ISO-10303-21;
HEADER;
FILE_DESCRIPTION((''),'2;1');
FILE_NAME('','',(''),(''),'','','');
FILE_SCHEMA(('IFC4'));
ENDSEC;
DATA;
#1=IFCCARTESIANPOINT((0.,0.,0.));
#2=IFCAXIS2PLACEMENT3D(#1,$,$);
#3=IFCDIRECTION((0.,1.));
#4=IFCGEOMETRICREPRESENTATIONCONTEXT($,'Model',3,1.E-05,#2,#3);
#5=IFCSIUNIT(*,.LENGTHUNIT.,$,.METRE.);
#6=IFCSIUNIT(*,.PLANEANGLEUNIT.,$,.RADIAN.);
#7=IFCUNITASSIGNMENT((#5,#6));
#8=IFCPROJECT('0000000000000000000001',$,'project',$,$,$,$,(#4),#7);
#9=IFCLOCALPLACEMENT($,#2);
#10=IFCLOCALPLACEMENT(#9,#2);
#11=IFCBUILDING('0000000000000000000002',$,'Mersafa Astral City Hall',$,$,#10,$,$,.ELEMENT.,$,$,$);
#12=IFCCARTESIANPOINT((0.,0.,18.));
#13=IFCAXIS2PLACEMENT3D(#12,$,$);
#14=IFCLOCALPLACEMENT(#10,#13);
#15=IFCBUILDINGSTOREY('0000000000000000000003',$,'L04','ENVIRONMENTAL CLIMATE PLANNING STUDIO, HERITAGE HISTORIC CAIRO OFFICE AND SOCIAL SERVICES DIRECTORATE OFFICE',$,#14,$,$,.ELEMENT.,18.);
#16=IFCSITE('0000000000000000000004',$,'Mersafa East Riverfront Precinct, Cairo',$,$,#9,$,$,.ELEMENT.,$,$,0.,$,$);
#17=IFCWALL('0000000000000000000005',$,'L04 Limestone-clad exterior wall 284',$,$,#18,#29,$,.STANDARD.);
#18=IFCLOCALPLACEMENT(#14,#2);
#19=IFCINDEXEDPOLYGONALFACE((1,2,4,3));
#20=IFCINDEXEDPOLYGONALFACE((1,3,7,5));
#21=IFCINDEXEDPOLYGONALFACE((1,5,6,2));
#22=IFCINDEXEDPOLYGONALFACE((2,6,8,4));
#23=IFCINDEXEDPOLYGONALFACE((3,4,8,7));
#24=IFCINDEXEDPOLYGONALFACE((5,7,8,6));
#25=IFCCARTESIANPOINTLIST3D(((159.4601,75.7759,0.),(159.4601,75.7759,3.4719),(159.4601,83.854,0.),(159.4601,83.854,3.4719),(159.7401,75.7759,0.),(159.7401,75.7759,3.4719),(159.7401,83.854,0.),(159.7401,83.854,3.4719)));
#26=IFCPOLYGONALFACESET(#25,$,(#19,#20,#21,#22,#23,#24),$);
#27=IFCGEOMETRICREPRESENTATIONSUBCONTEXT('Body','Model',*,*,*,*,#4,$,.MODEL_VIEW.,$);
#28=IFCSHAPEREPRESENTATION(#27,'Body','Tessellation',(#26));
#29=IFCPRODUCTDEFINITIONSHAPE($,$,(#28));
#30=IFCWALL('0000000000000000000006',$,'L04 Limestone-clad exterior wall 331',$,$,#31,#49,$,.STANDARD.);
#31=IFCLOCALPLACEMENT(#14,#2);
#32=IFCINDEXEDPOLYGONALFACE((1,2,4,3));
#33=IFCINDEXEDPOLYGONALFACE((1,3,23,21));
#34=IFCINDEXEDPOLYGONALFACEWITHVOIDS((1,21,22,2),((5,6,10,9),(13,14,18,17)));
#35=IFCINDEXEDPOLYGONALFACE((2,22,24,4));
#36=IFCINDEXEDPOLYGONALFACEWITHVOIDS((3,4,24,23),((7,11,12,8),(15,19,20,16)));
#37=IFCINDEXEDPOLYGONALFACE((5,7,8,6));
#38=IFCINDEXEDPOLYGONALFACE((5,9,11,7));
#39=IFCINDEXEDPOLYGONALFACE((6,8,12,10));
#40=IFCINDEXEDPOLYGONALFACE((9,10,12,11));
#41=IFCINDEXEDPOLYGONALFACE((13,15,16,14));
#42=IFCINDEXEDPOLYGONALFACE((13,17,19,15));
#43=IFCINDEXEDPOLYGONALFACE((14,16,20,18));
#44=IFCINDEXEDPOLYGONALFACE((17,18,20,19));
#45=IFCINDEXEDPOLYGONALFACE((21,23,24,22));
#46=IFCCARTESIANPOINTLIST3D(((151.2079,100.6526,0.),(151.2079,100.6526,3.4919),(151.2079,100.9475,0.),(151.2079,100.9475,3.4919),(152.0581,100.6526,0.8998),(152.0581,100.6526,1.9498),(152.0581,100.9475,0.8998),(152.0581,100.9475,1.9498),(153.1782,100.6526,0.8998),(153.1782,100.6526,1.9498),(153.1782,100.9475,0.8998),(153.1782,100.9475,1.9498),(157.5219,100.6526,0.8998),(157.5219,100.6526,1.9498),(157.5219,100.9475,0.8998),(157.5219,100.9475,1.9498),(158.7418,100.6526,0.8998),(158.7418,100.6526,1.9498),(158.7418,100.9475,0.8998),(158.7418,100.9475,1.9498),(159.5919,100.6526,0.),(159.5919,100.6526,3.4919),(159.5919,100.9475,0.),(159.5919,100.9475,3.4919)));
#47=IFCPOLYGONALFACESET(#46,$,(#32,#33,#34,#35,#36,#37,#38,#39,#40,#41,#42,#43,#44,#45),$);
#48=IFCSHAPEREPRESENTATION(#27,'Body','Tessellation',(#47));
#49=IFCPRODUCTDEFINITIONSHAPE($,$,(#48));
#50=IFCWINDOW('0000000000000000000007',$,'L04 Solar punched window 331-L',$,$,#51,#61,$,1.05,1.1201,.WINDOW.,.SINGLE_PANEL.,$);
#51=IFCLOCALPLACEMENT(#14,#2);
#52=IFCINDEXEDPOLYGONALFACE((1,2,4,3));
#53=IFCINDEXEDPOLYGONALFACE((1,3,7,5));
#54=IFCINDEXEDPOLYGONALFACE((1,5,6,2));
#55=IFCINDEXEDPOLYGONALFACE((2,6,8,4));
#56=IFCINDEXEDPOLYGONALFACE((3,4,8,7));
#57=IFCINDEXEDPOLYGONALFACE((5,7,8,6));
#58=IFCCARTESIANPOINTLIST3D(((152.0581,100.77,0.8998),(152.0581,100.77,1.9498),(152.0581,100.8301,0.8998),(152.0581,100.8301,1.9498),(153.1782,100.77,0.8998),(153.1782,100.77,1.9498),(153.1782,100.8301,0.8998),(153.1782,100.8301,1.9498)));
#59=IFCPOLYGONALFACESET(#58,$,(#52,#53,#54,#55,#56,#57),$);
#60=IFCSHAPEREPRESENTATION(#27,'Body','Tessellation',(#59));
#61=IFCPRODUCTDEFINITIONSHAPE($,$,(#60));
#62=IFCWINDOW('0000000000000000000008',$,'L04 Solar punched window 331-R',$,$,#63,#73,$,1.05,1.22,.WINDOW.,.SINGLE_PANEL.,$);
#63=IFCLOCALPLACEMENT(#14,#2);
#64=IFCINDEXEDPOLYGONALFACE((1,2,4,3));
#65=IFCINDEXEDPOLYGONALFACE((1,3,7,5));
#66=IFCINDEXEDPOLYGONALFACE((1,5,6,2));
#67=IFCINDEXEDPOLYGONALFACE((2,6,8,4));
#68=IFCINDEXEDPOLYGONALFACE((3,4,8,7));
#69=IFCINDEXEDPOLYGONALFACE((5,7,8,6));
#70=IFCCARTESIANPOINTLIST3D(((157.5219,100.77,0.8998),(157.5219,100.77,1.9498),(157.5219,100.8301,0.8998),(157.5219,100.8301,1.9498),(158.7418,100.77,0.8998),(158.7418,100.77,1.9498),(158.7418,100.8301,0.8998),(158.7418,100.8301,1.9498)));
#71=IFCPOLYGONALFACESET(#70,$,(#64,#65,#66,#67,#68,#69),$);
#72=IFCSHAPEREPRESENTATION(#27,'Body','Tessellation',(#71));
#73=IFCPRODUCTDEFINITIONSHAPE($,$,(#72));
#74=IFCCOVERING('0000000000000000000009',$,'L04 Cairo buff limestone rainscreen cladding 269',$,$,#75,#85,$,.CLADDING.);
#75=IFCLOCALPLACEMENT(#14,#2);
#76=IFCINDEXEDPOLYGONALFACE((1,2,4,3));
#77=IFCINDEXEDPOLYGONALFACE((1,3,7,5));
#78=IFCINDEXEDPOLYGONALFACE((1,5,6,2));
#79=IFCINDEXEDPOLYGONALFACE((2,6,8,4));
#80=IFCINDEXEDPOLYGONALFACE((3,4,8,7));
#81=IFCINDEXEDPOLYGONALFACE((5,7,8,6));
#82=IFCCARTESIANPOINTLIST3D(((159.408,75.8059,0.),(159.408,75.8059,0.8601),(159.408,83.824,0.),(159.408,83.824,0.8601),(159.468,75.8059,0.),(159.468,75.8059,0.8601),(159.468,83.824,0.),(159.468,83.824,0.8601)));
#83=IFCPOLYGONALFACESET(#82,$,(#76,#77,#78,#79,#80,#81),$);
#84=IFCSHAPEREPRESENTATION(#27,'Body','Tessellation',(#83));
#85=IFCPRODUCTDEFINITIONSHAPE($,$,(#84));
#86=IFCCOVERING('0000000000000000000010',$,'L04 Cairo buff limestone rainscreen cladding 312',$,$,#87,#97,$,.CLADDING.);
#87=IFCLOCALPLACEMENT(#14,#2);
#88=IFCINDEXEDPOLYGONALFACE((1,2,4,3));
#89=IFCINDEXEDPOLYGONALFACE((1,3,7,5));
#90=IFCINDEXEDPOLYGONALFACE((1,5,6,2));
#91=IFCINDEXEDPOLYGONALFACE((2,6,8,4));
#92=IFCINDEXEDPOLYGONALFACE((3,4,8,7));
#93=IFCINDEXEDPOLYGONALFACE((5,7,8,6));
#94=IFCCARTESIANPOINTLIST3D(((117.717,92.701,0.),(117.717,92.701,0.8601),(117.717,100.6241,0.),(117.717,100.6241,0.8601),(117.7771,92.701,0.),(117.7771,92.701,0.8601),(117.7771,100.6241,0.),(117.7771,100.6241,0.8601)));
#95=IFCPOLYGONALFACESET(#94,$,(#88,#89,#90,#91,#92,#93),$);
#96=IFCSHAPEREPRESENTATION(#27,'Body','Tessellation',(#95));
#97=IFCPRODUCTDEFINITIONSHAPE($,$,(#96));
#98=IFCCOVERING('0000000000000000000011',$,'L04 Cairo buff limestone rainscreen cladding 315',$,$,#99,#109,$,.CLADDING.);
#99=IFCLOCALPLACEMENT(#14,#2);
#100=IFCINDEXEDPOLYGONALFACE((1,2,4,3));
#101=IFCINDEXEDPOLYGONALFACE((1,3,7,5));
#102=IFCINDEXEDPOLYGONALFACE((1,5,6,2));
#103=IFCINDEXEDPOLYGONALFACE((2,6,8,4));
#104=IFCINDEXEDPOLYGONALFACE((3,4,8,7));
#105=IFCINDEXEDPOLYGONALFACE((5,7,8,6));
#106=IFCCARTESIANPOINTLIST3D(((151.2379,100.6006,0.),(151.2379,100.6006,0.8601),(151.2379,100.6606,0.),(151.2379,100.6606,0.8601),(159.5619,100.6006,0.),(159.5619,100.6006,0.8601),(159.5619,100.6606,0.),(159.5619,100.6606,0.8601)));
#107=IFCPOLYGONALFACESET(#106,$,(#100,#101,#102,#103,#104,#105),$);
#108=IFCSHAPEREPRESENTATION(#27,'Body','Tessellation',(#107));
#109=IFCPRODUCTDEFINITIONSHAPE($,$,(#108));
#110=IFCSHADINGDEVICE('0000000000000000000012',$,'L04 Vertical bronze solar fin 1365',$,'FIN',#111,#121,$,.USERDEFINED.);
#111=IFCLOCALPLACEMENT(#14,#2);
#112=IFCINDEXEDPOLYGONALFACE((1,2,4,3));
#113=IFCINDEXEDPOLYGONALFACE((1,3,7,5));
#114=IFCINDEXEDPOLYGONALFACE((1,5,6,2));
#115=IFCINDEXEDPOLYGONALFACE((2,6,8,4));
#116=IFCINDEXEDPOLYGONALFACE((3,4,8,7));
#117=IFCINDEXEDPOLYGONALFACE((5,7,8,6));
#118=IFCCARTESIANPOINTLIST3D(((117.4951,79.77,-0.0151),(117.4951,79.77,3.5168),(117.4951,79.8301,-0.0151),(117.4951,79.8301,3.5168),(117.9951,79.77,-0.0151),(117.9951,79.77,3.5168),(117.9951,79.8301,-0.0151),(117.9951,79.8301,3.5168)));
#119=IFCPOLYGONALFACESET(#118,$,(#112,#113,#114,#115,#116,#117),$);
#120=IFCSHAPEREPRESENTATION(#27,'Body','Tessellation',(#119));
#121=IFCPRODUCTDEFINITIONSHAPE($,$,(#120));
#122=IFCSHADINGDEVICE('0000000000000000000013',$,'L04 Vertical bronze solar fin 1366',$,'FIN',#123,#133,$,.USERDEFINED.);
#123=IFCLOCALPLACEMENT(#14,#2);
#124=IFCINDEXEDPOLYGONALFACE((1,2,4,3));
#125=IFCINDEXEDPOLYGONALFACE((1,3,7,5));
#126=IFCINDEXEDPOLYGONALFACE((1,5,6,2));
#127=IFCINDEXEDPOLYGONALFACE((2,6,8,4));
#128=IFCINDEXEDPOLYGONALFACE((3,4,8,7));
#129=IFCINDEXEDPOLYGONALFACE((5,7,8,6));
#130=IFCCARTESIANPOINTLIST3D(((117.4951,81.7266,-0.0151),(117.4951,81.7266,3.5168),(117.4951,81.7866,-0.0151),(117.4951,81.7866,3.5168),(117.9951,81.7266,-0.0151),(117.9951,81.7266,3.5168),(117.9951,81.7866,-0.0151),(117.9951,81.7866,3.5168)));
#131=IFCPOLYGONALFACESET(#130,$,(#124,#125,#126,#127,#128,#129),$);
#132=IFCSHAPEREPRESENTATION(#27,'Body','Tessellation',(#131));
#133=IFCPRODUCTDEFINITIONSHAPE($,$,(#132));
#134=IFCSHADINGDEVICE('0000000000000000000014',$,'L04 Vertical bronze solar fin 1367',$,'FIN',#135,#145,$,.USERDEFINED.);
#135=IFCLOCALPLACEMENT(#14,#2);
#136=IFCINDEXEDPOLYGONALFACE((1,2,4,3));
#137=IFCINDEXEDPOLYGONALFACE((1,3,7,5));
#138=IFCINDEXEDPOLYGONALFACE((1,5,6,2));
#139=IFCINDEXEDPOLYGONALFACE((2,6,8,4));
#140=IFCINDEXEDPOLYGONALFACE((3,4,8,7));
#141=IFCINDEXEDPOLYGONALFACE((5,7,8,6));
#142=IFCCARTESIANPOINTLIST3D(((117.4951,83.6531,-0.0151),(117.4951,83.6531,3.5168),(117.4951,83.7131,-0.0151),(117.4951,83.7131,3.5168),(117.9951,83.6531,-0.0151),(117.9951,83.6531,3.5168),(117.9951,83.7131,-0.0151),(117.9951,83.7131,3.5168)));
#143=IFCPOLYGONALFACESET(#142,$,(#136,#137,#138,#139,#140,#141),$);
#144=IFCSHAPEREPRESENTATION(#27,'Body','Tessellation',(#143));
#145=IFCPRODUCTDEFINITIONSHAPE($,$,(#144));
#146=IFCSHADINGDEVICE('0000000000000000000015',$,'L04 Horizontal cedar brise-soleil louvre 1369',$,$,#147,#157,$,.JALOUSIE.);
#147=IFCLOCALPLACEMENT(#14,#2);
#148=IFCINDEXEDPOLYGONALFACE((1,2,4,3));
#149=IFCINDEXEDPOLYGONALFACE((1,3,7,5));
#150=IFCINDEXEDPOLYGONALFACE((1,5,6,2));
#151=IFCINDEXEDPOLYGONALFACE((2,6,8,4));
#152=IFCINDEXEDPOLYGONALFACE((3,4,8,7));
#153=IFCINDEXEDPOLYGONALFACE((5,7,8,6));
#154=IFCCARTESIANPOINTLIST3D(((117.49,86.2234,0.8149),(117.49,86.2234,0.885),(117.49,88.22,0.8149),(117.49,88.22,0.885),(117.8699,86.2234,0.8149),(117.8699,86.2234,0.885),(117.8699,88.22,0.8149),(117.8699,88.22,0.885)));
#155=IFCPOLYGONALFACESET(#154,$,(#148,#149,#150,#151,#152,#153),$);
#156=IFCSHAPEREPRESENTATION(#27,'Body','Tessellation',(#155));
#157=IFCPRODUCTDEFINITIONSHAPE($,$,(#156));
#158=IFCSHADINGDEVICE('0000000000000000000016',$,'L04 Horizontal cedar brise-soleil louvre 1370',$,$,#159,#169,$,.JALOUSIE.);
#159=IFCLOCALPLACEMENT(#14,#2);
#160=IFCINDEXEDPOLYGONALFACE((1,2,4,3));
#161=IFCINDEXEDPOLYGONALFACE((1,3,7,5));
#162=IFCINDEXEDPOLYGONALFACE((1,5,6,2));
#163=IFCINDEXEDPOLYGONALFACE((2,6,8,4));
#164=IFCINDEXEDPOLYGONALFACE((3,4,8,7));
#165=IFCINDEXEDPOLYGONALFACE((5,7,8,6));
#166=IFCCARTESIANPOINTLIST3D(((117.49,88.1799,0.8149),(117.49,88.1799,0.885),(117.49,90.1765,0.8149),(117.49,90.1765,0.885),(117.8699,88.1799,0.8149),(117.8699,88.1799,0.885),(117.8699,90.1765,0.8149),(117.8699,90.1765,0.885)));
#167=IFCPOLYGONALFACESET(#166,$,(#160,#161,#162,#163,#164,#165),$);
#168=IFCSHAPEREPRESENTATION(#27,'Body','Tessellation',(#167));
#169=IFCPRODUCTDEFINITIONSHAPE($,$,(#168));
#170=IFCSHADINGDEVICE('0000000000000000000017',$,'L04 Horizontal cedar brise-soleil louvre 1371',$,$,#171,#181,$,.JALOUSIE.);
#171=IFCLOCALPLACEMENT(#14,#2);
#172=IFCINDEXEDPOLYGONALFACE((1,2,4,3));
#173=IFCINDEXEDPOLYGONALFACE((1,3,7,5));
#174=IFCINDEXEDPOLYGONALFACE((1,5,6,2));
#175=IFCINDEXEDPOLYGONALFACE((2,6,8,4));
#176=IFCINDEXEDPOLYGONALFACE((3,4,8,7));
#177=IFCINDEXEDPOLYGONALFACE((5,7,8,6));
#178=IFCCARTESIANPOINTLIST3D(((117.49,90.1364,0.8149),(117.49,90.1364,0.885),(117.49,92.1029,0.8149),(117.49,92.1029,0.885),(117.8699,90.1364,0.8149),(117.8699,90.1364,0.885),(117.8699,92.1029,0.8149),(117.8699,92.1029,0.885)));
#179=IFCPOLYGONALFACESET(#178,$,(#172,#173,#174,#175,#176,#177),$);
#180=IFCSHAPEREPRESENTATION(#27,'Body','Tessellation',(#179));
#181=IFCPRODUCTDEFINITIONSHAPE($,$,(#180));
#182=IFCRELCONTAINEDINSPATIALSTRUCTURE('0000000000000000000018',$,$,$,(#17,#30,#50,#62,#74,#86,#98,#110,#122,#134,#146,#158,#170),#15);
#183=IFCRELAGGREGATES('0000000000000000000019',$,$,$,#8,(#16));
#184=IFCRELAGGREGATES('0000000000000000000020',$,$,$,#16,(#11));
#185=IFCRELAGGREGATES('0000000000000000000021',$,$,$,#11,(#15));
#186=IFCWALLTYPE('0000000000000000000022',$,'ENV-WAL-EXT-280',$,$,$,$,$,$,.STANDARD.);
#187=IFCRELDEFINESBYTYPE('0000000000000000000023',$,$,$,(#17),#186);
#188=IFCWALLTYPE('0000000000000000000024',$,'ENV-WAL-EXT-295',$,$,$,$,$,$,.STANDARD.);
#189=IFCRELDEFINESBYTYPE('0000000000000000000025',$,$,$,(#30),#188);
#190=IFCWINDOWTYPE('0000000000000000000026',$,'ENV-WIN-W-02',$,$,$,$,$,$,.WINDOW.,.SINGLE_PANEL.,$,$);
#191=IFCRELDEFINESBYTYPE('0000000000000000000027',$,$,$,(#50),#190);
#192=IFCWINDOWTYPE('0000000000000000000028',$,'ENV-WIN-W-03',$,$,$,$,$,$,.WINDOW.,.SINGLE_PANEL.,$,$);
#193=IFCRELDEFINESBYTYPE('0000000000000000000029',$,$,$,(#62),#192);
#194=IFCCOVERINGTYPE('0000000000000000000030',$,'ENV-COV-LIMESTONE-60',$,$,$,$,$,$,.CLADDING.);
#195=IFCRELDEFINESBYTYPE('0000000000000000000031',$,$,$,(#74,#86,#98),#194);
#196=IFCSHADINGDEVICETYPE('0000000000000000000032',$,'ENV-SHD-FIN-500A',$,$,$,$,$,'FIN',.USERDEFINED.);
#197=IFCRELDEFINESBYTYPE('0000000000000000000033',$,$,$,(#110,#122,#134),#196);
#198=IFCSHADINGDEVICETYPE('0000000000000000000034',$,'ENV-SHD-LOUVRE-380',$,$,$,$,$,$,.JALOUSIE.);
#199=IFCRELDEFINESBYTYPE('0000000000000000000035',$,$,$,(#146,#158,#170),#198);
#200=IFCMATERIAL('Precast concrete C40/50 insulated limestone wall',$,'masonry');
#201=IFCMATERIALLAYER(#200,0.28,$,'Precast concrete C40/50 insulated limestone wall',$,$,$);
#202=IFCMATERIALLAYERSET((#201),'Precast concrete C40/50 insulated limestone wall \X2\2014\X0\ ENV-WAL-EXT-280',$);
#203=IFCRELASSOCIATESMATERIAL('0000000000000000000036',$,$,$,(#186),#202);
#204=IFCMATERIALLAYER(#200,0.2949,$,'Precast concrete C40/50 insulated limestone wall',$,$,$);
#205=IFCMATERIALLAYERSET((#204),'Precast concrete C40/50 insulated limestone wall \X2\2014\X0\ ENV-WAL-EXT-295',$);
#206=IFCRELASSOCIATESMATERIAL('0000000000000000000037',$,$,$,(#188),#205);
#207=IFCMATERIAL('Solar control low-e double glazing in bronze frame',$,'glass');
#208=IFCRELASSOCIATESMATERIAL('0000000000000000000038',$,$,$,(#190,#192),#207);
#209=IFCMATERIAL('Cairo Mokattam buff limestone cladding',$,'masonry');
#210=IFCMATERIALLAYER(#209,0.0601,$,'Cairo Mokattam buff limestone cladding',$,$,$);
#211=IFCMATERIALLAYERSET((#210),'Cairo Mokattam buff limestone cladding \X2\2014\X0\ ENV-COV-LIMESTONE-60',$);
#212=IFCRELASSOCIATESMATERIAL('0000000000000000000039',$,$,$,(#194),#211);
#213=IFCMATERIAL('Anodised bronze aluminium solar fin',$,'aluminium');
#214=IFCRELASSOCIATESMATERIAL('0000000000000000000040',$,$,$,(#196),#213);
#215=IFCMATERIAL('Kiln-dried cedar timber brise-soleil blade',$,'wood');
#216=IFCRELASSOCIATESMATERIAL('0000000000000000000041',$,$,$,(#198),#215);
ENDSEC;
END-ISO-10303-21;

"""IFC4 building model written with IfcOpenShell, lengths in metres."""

from ifc_helpers import new_model, si_unit, direction, frame, frame_2d, origin, origin_2d, place, context, subcontext, project, spatial, rectangle, extrude, material, layer, layer_set, type_object, element, fill, save


model = new_model("IFC4")

# Units and contexts
model_context = context("Model", 3, precision=1e-05, world=origin(), true_north=direction((0.0, 1.0)))
body_context = subcontext(model_context, "Body", "Model", "MODEL_VIEW")
ifc_project = project(units=[si_unit("LENGTHUNIT", "METRE"), si_unit("PLANEANGLEUNIT", "RADIAN")], contexts=[model_context])

# Site, building, storey
site_placement = place(None, origin())
site = spatial("IfcSite", under=ifc_project, at=site_placement, Name="Mersafa East Riverfront Precinct, Cairo", CompositionType="ELEMENT", RefElevation=0.0)
building_placement = place(site_placement, origin())
building = spatial("IfcBuilding", under=site, at=building_placement, Name="Mersafa Astral City Hall", CompositionType="ELEMENT")
storey_placement = place(building_placement, frame((0.0, 0.0, 18.0)))
storey = spatial("IfcBuildingStorey", under=building, at=storey_placement, Name="L04", Description="ENVIRONMENTAL CLIMATE PLANNING STUDIO, HERITAGE HISTORIC CAIRO OFFICE AND SOCIAL SERVICES DIRECTORATE OFFICE", CompositionType="ELEMENT", Elevation=18.0)

# Wall
ifc_material_1 = material(Name="Precast concrete C40/50 insulated limestone wall", Category="masonry")
ifc_layer_1 = layer(ifc_material_1, 0.28, Name="Precast concrete C40/50 insulated limestone wall")
ifc_layer_set_1 = layer_set([ifc_layer_1], Name="Precast concrete C40/50 insulated limestone wall — ENV-WAL-EXT-280")
wall_type_1 = type_object("IfcWallType", Name="ENV-WAL-EXT-280", PredefinedType="STANDARD", material=ifc_layer_set_1)
wall_1_placement = place(storey_placement, frame((159.6001, 83.854, 0.0), z_axis=(0.0, 0.0, 1.0), x_axis=(0.0, -1.0, 0.0)))
element("IfcWall", 1, at=wall_1_placement, inside=storey, type_object=wall_type_1, Name="L04 Limestone-clad exterior wall 284", PredefinedType="STANDARD", context=body_context, shape_type="SweptSolid", body=[
    extrude(rectangle(XDim=8.0781, YDim=0.28, at=frame_2d((4.0391, 0.0))), origin(), (0.0, 0.0, 1.0), 3.4719),
])

# Wall, openings, windows
ifc_layer_2 = layer(ifc_material_1, 0.2949, Name="Precast concrete C40/50 insulated limestone wall")
ifc_layer_set_2 = layer_set([ifc_layer_2], Name="Precast concrete C40/50 insulated limestone wall — ENV-WAL-EXT-295")
wall_type_2 = type_object("IfcWallType", Name="ENV-WAL-EXT-295", PredefinedType="STANDARD", material=ifc_layer_set_2)
wall_2_placement = place(storey_placement, frame((151.208, 100.8, 0.0), z_axis=(0.0, 0.0, 1.0), x_axis=(1.0, 0.0, 0.0)))
wall_2 = element("IfcWall", 2, at=wall_2_placement, inside=storey, type_object=wall_type_2, Name="L04 Limestone-clad exterior wall 331", PredefinedType="STANDARD", context=body_context, shape_type="SweptSolid", body=[
    extrude(rectangle(XDim=8.384, YDim=0.2949, at=frame_2d((4.1919, 0.0))), origin(), (0.0, 0.0, 1.0), 3.4919),
])
opening_1_placement = place(wall_2_placement, frame((0.8501, 0.0, 0.8999)))
opening_1 = element("IfcOpeningElement", 3, at=opening_1_placement, cuts=wall_2, PredefinedType="OPENING", context=body_context, shape_type="SweptSolid", body=[
    extrude(rectangle(XDim=1.1201, YDim=1.05, at=frame_2d((0.5601, 0.5249))), frame((0.0, 0.1575, 0.0), z_axis=(0.0, -1.0, 0.0), x_axis=(1.0, 0.0, 0.0)), (0.0, 0.0, 1.0), 0.3149),
])
opening_2_placement = place(wall_2_placement, frame((6.314, 0.0, 0.8999)))
opening_2 = element("IfcOpeningElement", 4, at=opening_2_placement, cuts=wall_2, PredefinedType="OPENING", context=body_context, shape_type="SweptSolid", body=[
    extrude(rectangle(XDim=1.22, YDim=1.05, at=frame_2d((0.6099, 0.5249))), frame((0.0, 0.1575, 0.0), z_axis=(0.0, -1.0, 0.0), x_axis=(1.0, 0.0, 0.0)), (0.0, 0.0, 1.0), 0.3149),
])
ifc_material_2 = material(Name="Solar control low-e double glazing in bronze frame", Category="glass")
window_type_1 = type_object("IfcWindowType", Name="ENV-WIN-W-02", PartitioningType="SINGLE_PANEL", PredefinedType="WINDOW", material=ifc_material_2)
window_1_placement = place(opening_1_placement, origin())
window_1 = element("IfcWindow", 5, at=window_1_placement, inside=storey, type_object=window_type_1, Name="L04 Solar punched window 331-L", OverallHeight=1.05, OverallWidth=1.1201, PartitioningType="SINGLE_PANEL", PredefinedType="WINDOW", context=body_context, shape_type="SweptSolid", body=[
    extrude(rectangle(XDim=1.1201, YDim=1.05, at=frame_2d((0.5601, 0.5249))), frame((0.0, 0.03, 0.0), z_axis=(0.0, -1.0, 0.0), x_axis=(1.0, 0.0, 0.0)), (0.0, 0.0, 1.0), 0.0601),
])
fill(opening_1, window_1)
window_type_2 = type_object("IfcWindowType", Name="ENV-WIN-W-03", PartitioningType="SINGLE_PANEL", PredefinedType="WINDOW", material=ifc_material_2)
window_2_placement = place(opening_2_placement, origin())
window_2 = element("IfcWindow", 6, at=window_2_placement, inside=storey, type_object=window_type_2, Name="L04 Solar punched window 331-R", OverallHeight=1.05, OverallWidth=1.22, PartitioningType="SINGLE_PANEL", PredefinedType="WINDOW", context=body_context, shape_type="SweptSolid", body=[
    extrude(rectangle(XDim=1.22, YDim=1.05, at=frame_2d((0.6099, 0.5249))), frame((0.0, 0.03, 0.0), z_axis=(0.0, -1.0, 0.0), x_axis=(1.0, 0.0, 0.0)), (0.0, 0.0, 1.0), 0.0601),
])
fill(opening_2, window_2)

# Coverings
ifc_material_3 = material(Name="Cairo Mokattam buff limestone cladding", Category="masonry")
ifc_layer_3 = layer(ifc_material_3, 0.0601, Name="Cairo Mokattam buff limestone cladding")
ifc_layer_set_3 = layer_set([ifc_layer_3], Name="Cairo Mokattam buff limestone cladding — ENV-COV-LIMESTONE-60")
covering_type = type_object("IfcCoveringType", Name="ENV-COV-LIMESTONE-60", PredefinedType="CLADDING", material=ifc_layer_set_3)
covering_1_placement = place(storey_placement, frame((159.438, 79.8149, 0.0), z_axis=(0.0, 0.0, 1.0), x_axis=(0.0, -1.0, 0.0)))
element("IfcCovering", 7, at=covering_1_placement, inside=storey, type_object=covering_type, Name="L04 Cairo buff limestone rainscreen cladding 269", PredefinedType="CLADDING", context=body_context, shape_type="SweptSolid", body=[
    extrude(rectangle(XDim=8.0181, YDim=0.0601, at=origin_2d()), origin(), (0.0, 0.0, 1.0), 0.8601),
])
covering_2_placement = place(storey_placement, frame((117.7471, 96.6626, 0.0), z_axis=(0.0, 0.0, 1.0), x_axis=(0.0, 1.0, 0.0)))
element("IfcCovering", 8, at=covering_2_placement, inside=storey, type_object=covering_type, Name="L04 Cairo buff limestone rainscreen cladding 312", PredefinedType="CLADDING", context=body_context, shape_type="SweptSolid", body=[
    extrude(rectangle(XDim=7.9231, YDim=0.0601, at=origin_2d()), origin(), (0.0, 0.0, 1.0), 0.8601),
])
covering_3_placement = place(storey_placement, frame((155.3999, 100.6306, 0.0), z_axis=(0.0, 0.0, 1.0), x_axis=(1.0, 0.0, 0.0)))
element("IfcCovering", 9, at=covering_3_placement, inside=storey, type_object=covering_type, Name="L04 Cairo buff limestone rainscreen cladding 315", PredefinedType="CLADDING", context=body_context, shape_type="SweptSolid", body=[
    extrude(rectangle(XDim=8.324, YDim=0.0601, at=origin_2d()), origin(), (0.0, 0.0, 1.0), 0.8601),
])

# Shading devices
ifc_material_4 = material(Name="Anodised bronze aluminium solar fin", Category="aluminium")
shading_device_type_1 = type_object("IfcShadingDeviceType", Name="ENV-SHD-FIN-500A", ElementType="FIN", PredefinedType="USERDEFINED", material=ifc_material_4)
for number, where, z_axis, x_axis, name in (
    (10, (117.7451, 79.8, -0.0151), (0.0, 0.0, 1.0), (0.0, 1.0, 0.0), "L04 Vertical bronze solar fin 1365"),
    (11, (117.7451, 81.7566, -0.0151), (0.0, 0.0, 1.0), (0.0, 1.0, 0.0), "L04 Vertical bronze solar fin 1366"),
    (12, (117.7451, 83.6831, -0.0151), (0.0, 0.0, 1.0), (0.0, 1.0, 0.0), "L04 Vertical bronze solar fin 1367"),
):
    element("IfcShadingDevice", number, at=place(storey_placement, frame(where, z_axis=z_axis, x_axis=x_axis)), inside=storey, type_object=shading_device_type_1, Name=name, ObjectType="FIN", PredefinedType="USERDEFINED", context=body_context, shape_type="SweptSolid", body=[
        extrude(rectangle(XDim=0.0601, YDim=0.5, at=origin_2d()), origin(), (0.0, 0.0, 1.0), 3.532),
    ])
ifc_material_5 = material(Name="Kiln-dried cedar timber brise-soleil blade", Category="wood")
shading_device_type_2 = type_object("IfcShadingDeviceType", Name="ENV-SHD-LOUVRE-380", PredefinedType="JALOUSIE", material=ifc_material_5)
for number, where, z_axis, x_axis, name in (
    (13, (117.6799, 87.2217, 0.8149), (0.0, 0.0, 1.0), (0.0, 1.0, 0.0), "L04 Horizontal cedar brise-soleil louvre 1369"),
    (14, (117.6799, 89.1782, 0.8149), (0.0, 0.0, 1.0), (0.0, 1.0, 0.0), "L04 Horizontal cedar brise-soleil louvre 1370"),
):
    element("IfcShadingDevice", number, at=place(storey_placement, frame(where, z_axis=z_axis, x_axis=x_axis)), inside=storey, type_object=shading_device_type_2, Name=name, PredefinedType="JALOUSIE", context=body_context, shape_type="SweptSolid", body=[
        extrude(rectangle(XDim=1.9966, YDim=0.3799, at=origin_2d()), origin(), (0.0, 0.0, 1.0), 0.0701),
    ])
shading_device_1_placement = place(storey_placement, frame((117.6799, 91.1196, 0.8149), z_axis=(0.0, 0.0, 1.0), x_axis=(0.0, 1.0, 0.0)))
element("IfcShadingDevice", 15, at=shading_device_1_placement, inside=storey, type_object=shading_device_type_2, Name="L04 Horizontal cedar brise-soleil louvre 1371", PredefinedType="JALOUSIE", context=body_context, shape_type="SweptSolid", body=[
    extrude(rectangle(XDim=1.9666, YDim=0.3799, at=origin_2d()), origin(), (0.0, 0.0, 1.0), 0.0701),
])

save(model, "model.ifc")
